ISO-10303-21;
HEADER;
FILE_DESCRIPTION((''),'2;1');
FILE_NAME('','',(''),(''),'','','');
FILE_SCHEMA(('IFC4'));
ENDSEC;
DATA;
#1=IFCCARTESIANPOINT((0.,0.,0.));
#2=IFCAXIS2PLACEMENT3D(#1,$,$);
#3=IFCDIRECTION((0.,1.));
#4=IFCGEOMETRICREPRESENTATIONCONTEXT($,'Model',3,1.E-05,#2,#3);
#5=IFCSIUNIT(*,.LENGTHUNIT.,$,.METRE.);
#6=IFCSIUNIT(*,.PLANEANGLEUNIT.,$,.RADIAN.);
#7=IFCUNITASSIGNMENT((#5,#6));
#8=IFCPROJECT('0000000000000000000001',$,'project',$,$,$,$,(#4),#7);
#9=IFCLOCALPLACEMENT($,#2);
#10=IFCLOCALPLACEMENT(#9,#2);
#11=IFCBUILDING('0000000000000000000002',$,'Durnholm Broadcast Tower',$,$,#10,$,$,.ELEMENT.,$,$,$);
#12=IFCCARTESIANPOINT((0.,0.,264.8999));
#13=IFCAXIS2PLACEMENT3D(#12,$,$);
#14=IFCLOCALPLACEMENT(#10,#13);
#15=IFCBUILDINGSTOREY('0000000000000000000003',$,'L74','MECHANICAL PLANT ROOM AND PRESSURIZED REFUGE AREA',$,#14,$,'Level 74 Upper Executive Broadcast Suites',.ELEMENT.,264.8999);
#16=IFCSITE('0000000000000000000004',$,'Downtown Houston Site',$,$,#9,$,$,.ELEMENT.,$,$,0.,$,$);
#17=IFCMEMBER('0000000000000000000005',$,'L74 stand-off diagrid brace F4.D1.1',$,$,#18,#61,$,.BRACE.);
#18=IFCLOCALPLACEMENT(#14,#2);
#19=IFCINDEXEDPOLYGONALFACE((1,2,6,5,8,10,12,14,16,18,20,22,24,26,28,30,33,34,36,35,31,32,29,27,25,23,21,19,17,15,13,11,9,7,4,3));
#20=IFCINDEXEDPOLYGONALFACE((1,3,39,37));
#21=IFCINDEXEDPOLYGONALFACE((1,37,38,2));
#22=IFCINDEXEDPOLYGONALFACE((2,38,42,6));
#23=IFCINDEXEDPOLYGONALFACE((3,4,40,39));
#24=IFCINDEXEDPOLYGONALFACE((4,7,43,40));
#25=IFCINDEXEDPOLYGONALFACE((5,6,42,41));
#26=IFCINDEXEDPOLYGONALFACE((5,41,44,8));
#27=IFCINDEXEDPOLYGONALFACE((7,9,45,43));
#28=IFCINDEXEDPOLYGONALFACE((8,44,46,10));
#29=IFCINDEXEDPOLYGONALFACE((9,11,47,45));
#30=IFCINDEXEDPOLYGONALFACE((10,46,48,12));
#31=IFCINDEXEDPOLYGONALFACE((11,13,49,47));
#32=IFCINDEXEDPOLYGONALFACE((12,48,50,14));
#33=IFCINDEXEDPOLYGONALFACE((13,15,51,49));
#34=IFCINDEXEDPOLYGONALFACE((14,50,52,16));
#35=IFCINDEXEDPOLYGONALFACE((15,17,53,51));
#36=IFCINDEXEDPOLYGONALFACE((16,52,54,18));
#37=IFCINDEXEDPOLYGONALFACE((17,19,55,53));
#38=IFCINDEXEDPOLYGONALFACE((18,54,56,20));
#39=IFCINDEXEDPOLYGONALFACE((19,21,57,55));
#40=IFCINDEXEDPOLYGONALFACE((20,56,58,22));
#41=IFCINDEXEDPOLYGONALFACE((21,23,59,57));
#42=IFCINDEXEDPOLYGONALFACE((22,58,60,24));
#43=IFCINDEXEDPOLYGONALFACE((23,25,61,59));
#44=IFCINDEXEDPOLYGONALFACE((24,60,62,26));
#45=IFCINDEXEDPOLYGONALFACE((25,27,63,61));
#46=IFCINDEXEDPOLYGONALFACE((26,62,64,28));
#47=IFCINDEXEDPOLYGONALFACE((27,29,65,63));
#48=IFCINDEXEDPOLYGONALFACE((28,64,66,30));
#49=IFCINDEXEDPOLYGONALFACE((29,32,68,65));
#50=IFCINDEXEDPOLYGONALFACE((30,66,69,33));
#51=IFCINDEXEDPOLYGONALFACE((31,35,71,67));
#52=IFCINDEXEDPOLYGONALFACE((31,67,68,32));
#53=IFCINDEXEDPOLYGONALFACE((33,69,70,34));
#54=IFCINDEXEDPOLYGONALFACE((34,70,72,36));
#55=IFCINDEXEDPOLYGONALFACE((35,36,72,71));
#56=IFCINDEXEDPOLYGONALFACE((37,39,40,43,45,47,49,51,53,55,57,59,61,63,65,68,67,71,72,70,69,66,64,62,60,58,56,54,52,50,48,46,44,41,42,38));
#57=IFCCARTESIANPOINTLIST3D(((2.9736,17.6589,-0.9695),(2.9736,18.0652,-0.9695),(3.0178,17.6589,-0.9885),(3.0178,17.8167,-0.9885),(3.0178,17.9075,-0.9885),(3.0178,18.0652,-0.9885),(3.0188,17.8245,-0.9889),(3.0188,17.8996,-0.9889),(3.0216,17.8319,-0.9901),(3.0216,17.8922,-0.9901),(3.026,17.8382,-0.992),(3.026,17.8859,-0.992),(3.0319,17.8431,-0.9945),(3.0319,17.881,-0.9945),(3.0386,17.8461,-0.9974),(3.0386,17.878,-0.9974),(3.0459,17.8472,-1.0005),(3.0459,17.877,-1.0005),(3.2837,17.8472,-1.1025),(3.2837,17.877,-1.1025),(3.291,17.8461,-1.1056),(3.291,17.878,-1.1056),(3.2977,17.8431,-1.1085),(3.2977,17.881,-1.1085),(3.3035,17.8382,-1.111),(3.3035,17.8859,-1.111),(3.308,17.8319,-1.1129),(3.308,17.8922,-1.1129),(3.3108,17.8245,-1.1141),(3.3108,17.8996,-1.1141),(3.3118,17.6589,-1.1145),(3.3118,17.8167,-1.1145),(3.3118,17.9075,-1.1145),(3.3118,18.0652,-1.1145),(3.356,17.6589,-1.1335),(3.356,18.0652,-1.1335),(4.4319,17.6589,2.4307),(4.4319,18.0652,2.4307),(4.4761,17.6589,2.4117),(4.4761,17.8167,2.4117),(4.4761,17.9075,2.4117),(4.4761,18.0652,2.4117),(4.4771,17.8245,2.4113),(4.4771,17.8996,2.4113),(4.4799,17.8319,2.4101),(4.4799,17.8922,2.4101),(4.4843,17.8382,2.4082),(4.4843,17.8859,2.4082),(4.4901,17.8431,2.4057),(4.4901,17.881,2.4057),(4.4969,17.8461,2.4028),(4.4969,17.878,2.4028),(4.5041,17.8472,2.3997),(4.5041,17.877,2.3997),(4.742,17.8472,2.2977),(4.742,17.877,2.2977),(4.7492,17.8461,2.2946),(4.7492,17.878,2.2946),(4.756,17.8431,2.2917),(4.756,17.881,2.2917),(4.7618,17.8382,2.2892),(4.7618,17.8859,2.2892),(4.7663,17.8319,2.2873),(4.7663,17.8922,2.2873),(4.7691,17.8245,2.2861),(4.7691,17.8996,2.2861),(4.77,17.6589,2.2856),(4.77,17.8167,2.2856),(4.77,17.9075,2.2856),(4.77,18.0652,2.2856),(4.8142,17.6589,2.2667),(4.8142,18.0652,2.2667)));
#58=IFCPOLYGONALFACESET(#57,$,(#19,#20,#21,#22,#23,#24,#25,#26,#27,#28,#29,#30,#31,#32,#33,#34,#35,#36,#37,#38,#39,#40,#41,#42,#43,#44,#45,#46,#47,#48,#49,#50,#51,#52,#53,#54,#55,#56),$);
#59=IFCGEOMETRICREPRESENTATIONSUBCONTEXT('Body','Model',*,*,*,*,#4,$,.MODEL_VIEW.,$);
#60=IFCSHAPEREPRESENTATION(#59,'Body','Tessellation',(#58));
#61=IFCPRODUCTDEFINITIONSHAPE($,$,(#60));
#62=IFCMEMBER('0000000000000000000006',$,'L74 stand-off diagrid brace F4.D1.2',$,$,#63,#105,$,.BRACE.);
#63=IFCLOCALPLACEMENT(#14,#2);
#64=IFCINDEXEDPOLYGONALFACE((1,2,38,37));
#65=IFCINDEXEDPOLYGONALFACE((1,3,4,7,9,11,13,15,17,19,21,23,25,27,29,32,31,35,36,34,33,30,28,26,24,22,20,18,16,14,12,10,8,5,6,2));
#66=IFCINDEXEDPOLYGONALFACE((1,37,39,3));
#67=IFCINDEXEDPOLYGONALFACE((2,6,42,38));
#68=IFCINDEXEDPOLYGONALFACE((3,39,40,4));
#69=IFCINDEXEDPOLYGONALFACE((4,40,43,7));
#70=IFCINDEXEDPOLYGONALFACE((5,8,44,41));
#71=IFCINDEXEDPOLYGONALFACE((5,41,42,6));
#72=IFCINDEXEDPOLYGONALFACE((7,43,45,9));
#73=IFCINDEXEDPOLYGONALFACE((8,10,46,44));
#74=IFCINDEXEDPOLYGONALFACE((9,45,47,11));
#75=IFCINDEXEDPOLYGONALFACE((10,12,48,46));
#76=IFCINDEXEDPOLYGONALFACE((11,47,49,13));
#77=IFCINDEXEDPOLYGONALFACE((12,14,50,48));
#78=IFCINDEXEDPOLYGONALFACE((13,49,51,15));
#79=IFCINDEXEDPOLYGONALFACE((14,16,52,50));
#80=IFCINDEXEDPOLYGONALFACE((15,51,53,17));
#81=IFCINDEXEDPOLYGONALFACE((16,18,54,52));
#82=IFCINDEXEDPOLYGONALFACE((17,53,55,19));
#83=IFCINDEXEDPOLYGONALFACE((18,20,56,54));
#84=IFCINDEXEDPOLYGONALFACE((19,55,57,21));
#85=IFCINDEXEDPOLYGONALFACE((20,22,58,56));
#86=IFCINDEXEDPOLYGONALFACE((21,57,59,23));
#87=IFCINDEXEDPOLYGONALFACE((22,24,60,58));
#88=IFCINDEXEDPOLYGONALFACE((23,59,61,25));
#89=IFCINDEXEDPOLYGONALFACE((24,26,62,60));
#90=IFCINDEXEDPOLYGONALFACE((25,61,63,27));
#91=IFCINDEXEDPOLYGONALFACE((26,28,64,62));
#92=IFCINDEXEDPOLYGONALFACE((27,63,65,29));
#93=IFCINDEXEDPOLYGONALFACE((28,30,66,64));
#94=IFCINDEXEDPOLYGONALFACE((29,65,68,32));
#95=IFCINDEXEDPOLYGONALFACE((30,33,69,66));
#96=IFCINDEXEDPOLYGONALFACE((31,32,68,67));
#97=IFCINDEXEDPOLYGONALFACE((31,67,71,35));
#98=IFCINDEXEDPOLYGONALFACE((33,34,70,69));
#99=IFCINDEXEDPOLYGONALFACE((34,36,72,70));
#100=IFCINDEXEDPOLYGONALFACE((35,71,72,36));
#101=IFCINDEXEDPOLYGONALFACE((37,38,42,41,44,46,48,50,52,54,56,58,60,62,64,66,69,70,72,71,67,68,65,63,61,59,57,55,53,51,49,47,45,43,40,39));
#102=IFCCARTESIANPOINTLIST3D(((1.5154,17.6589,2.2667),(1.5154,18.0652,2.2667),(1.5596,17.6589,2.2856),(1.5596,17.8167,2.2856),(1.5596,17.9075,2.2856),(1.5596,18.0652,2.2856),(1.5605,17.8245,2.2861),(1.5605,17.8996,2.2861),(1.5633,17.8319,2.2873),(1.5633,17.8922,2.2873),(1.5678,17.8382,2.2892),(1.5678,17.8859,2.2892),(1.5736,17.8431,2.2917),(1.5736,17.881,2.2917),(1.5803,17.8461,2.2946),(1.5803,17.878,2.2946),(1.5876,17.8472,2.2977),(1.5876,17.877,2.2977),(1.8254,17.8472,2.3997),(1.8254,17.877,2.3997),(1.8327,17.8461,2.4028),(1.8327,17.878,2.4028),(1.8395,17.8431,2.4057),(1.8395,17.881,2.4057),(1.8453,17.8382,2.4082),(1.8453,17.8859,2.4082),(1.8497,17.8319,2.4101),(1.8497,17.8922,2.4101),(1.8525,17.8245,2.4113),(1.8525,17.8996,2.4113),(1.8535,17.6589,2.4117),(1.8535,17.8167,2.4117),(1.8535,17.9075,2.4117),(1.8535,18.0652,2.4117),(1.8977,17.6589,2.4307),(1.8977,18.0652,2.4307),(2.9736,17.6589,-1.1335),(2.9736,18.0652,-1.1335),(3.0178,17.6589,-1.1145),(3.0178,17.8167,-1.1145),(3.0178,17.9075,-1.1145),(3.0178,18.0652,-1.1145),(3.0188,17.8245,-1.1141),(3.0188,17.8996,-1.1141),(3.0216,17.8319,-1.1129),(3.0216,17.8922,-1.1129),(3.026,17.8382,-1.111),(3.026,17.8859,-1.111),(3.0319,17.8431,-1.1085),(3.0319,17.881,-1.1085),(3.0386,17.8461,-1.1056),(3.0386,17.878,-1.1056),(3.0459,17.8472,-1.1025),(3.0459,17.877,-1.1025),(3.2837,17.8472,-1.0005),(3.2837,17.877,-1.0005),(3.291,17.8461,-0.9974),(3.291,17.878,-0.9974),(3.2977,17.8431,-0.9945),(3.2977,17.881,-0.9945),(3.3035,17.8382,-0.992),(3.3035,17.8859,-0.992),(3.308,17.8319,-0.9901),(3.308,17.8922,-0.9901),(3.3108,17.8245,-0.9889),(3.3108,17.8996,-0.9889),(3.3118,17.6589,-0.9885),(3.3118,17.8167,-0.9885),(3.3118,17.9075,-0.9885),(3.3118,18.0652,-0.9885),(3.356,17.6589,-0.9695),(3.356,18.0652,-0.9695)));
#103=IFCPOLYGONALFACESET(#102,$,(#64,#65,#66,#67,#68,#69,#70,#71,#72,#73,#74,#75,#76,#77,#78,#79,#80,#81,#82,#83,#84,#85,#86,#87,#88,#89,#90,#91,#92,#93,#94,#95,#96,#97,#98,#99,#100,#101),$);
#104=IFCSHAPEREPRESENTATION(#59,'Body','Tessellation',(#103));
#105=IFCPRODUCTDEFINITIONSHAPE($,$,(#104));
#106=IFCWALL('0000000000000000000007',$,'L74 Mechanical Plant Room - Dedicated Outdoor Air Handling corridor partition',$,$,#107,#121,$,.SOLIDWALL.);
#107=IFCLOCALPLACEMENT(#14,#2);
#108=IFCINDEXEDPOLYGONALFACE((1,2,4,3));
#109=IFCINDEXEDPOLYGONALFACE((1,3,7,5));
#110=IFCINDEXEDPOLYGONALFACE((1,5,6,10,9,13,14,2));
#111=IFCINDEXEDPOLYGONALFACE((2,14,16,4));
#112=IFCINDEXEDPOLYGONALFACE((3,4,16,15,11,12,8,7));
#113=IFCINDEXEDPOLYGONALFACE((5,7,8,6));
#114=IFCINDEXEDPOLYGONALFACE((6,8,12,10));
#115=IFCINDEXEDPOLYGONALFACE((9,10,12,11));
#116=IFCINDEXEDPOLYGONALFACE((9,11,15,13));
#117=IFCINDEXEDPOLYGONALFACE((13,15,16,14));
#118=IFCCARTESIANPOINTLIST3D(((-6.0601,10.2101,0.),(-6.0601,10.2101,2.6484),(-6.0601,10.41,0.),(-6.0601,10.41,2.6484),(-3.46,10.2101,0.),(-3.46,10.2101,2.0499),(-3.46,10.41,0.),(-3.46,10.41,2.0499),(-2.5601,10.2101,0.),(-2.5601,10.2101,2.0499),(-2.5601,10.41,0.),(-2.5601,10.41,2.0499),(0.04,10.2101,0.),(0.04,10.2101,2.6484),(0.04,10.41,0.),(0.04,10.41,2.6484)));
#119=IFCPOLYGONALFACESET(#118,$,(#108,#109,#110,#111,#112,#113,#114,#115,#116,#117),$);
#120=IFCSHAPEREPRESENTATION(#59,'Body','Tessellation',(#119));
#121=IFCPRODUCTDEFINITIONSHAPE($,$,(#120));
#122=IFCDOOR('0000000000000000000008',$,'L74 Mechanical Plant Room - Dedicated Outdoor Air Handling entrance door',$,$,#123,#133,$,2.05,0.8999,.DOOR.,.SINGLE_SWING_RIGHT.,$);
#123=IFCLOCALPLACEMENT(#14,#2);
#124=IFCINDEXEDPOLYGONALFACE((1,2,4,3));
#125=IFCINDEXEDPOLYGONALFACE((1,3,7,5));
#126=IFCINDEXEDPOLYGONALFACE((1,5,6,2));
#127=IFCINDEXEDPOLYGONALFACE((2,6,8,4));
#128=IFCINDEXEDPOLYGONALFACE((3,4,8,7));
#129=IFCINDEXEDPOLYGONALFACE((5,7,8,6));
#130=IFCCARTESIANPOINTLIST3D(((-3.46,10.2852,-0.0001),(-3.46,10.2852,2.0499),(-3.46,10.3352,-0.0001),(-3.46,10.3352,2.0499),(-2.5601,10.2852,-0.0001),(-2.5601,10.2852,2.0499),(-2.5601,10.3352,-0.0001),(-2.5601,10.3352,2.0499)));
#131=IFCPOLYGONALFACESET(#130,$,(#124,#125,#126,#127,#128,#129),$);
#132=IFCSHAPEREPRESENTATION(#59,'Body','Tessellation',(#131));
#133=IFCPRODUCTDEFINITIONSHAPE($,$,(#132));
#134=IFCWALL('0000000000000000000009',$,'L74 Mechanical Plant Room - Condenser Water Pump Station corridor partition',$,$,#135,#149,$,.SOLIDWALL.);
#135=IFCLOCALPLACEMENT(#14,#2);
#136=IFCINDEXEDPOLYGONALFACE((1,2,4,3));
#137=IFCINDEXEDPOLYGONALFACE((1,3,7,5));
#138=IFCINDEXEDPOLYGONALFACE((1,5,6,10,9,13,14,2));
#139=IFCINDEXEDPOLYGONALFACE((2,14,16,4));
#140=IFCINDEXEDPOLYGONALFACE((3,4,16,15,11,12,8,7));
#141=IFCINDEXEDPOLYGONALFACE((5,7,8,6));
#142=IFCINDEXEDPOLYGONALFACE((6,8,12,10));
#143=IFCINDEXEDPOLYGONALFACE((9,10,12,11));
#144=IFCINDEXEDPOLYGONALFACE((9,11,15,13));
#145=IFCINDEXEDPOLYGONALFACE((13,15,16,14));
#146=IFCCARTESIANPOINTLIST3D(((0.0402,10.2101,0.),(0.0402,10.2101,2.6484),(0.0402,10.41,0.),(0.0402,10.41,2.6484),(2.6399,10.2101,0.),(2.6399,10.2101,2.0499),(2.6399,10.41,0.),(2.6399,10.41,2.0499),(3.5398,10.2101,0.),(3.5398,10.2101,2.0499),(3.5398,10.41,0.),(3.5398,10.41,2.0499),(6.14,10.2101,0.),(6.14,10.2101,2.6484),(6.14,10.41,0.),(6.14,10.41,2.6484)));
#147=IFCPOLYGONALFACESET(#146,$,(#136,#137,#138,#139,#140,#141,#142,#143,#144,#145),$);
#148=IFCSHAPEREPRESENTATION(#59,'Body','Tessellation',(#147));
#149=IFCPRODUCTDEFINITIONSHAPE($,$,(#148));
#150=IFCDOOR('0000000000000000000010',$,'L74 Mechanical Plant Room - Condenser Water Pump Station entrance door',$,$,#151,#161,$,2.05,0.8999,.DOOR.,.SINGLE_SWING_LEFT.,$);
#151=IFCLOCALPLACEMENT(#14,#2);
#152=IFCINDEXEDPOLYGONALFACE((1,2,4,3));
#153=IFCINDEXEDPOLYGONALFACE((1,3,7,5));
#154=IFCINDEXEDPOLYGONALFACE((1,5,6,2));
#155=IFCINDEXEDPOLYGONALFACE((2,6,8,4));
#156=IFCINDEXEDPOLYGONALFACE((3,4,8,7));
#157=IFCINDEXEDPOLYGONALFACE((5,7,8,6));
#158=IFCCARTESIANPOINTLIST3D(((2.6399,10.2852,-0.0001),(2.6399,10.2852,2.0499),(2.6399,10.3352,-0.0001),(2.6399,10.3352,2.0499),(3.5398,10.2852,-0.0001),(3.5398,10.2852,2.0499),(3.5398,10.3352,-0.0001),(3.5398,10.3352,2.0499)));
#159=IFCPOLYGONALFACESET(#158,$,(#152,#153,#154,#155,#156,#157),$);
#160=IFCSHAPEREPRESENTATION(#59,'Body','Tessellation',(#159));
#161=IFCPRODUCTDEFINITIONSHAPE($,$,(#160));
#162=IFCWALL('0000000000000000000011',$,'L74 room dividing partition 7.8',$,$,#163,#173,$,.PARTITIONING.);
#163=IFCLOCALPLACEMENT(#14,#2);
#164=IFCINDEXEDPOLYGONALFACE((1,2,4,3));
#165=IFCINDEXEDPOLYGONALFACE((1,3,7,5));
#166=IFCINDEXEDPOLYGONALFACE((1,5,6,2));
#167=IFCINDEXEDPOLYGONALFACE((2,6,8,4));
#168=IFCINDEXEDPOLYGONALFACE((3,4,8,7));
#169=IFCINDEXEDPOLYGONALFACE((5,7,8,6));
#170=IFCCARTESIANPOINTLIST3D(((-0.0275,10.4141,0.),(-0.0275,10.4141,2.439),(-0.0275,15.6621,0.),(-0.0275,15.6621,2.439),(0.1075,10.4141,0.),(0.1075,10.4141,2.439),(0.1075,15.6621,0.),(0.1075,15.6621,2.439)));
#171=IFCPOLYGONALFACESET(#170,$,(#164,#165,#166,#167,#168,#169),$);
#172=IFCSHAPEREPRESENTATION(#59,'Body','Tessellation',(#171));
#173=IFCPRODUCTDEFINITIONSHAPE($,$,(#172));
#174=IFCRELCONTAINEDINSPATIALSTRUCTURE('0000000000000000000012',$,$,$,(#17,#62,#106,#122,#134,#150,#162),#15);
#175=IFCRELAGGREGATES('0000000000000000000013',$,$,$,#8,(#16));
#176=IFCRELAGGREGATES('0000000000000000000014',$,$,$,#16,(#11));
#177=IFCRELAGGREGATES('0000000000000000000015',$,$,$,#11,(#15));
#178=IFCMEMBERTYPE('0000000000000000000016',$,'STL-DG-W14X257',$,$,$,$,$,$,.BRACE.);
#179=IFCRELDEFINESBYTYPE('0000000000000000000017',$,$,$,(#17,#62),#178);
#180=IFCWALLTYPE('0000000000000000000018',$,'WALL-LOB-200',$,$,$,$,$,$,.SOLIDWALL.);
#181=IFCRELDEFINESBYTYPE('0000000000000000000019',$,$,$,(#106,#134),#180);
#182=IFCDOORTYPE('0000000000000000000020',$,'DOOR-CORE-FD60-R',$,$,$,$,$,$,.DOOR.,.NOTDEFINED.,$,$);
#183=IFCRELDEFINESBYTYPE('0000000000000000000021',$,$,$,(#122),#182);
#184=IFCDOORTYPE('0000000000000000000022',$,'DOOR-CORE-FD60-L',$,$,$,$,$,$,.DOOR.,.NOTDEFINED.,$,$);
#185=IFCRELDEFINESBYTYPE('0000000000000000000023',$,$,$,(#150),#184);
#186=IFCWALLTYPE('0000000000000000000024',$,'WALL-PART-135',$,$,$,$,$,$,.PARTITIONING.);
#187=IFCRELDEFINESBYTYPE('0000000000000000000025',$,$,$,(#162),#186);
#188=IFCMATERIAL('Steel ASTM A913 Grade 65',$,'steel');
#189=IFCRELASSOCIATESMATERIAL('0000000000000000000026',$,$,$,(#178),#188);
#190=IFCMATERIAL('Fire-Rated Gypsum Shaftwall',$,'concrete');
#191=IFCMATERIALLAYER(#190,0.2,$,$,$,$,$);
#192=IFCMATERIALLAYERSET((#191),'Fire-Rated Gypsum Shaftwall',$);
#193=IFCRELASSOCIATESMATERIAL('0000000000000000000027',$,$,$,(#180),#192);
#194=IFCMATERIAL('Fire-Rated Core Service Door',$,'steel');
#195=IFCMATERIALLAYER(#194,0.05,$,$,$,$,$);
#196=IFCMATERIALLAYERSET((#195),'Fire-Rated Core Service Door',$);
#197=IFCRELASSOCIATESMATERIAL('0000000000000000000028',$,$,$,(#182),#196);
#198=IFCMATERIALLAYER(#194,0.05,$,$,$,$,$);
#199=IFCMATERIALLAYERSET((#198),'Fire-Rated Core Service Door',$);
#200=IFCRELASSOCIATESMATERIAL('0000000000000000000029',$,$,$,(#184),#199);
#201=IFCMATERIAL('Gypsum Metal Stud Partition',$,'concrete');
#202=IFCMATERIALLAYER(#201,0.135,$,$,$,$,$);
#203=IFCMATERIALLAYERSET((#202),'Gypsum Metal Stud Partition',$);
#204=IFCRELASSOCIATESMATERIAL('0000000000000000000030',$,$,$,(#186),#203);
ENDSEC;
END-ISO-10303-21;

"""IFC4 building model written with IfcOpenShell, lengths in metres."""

from ifc_helpers import new_model, si_unit, direction, frame, frame_2d, origin, origin_2d, place, context, subcontext, project, spatial, rectangle, i_section, extrude, source, transform, mapped, material, layer, layer_set, material_profile, profile_set, type_object, type_shapes, element, fill, save


model = new_model("IFC4")

# Units and contexts
model_context = context("Model", 3, precision=1e-05, world=origin(), true_north=direction((0.0, 1.0)))
body_context = subcontext(model_context, "Body", "Model", "MODEL_VIEW")
ifc_project = project(units=[si_unit("LENGTHUNIT", "METRE"), si_unit("PLANEANGLEUNIT", "RADIAN")], contexts=[model_context])

# Site, building, storey
site_placement = place(None, origin())
site = spatial("IfcSite", under=ifc_project, at=site_placement, Name="Downtown Houston Site", CompositionType="ELEMENT", RefElevation=0.0)
building_placement = place(site_placement, origin())
building = spatial("IfcBuilding", under=site, at=building_placement, Name="Durnholm Broadcast Tower", CompositionType="ELEMENT")
storey_placement = place(building_placement, frame((0.0, 0.0, 264.8999)))
storey = spatial("IfcBuildingStorey", under=building, at=storey_placement, Name="L74", Description="MECHANICAL PLANT ROOM AND PRESSURIZED REFUGE AREA", LongName="Level 74 Upper Executive Broadcast Suites", CompositionType="ELEMENT", Elevation=264.8999)

# Members
ifc_material_1 = material(Name="Steel ASTM A913 Grade 65", Category="steel")
ifc_material_profile_1 = material_profile(ifc_material_1, i_section(OverallWidth=0.4062, OverallDepth=0.416, WebThickness=0.0298, FlangeThickness=0.0481, FilletRadius=0.0305, at=origin_2d()), Name="W14X257")
ifc_profile_set_1 = profile_set([ifc_material_profile_1], Name="Steel ASTM A913 Grade 65")
member_type = type_object("IfcMemberType", Name="STL-DG-W14X257", PredefinedType="BRACE", material=ifc_profile_set_1)
shared_shape_1 = source(origin(), body_context, "Body", "SweptSolid", [
    extrude(i_section(OverallWidth=0.4062, OverallDepth=0.416, WebThickness=0.0298, FlangeThickness=0.0481, FilletRadius=0.0305, at=origin_2d()), origin(), (0.0, 0.0, 1.0), 3.6997),
])
type_shapes(member_type, [shared_shape_1])
for number, where, z_axis, x_axis, name in (
    (1, (3.1648, 17.8621, -1.0515), (0.394158, 0.0, 0.919043), (0.0, 1.0, 0.0), "L74 stand-off diagrid brace F4.D1.1"),
    (2, (3.1648, 17.8621, -1.0515), (-0.394158, 0.0, 0.919043), (0.0, -1.0, 0.0), "L74 stand-off diagrid brace F4.D1.2"),
):
    element("IfcMember", number, at=place(storey_placement, frame(where, z_axis=z_axis, x_axis=x_axis)), inside=storey, type_object=member_type, Name=name, PredefinedType="BRACE", context=body_context, shape_type="MappedRepresentation", body=[
        mapped(shared_shape_1, transform((0.0, 0.0, 0.0), x_axis=(1.0, 0.0, 0.0), y_axis=(0.0, 1.0, 0.0), z_axis=(0.0, 0.0, 1.0), scale=1.0)),
    ])

# Walls, openings, doors
ifc_material_2 = material(Name="Fire-Rated Gypsum Shaftwall", Category="concrete")
ifc_layer_1 = layer(ifc_material_2, 0.2)
ifc_layer_set_1 = layer_set([ifc_layer_1], Name="Fire-Rated Gypsum Shaftwall")
wall_type_1 = type_object("IfcWallType", Name="WALL-LOB-200", PredefinedType="SOLIDWALL", material=ifc_layer_set_1)
wall_1_placement = place(storey_placement, frame((0.04, 10.3101, 0.0), z_axis=(0.0, 0.0, 1.0), x_axis=(-1.0, 0.0, 0.0)))
wall_1 = element("IfcWall", 3, at=wall_1_placement, inside=storey, type_object=wall_type_1, Name="L74 Mechanical Plant Room - Dedicated Outdoor Air Handling corridor partition", PredefinedType="SOLIDWALL", context=body_context, shape_type="SweptSolid", body=[
    extrude(rectangle(XDim=6.1001, YDim=0.2, at=frame_2d((3.05, 0.0))), origin(), (0.0, 0.0, 1.0), 2.6484),
])
opening_1_placement = place(wall_1_placement, frame((2.6001, 0.0, 0.0)))
opening_1 = element("IfcOpeningElement", 4, at=opening_1_placement, cuts=wall_1, PredefinedType="OPENING", context=body_context, shape_type="SweptSolid", body=[
    extrude(rectangle(XDim=0.8999, YDim=2.05, at=frame_2d((0.45, 1.0249))), frame((0.0, 0.1099, 0.0), z_axis=(0.0, -1.0, 0.0), x_axis=(1.0, 0.0, 0.0)), (0.0, 0.0, 1.0), 0.22),
])
ifc_material_3 = material(Name="Fire-Rated Core Service Door", Category="steel")
ifc_layer_2 = layer(ifc_material_3, 0.05)
ifc_layer_set_2 = layer_set([ifc_layer_2], Name="Fire-Rated Core Service Door")
door_type_1 = type_object("IfcDoorType", Name="DOOR-CORE-FD60-R", OperationType="NOTDEFINED", PredefinedType="DOOR", material=ifc_layer_set_2)
shared_shape_2 = source(origin(), body_context, "Body", "SweptSolid", [
    extrude(rectangle(XDim=0.8999, YDim=2.05, at=frame_2d((0.45, 1.0249))), frame((0.0, 0.0249, 0.0), z_axis=(0.0, -1.0, 0.0), x_axis=(1.0, 0.0, 0.0)), (0.0, 0.0, 1.0), 0.05),
])
type_shapes(door_type_1, [shared_shape_2])
door_1_placement = place(opening_1_placement, origin())
door_1 = element("IfcDoor", 5, at=door_1_placement, inside=storey, type_object=door_type_1, Name="L74 Mechanical Plant Room - Dedicated Outdoor Air Handling entrance door", OperationType="SINGLE_SWING_RIGHT", OverallHeight=2.05, OverallWidth=0.8999, PredefinedType="DOOR", context=body_context, shape_type="MappedRepresentation", body=[
    mapped(shared_shape_2, transform((0.0, 0.0, 0.0), x_axis=(1.0, 0.0, 0.0), y_axis=(0.0, 1.0, 0.0), z_axis=(0.0, 0.0, 1.0), scale=1.0)),
])
fill(opening_1, door_1)
wall_2_placement = place(storey_placement, frame((6.1399, 10.3101, 0.0), z_axis=(0.0, 0.0, 1.0), x_axis=(-1.0, 0.0, 0.0)))
wall_2 = element("IfcWall", 6, at=wall_2_placement, inside=storey, type_object=wall_type_1, Name="L74 Mechanical Plant Room - Condenser Water Pump Station corridor partition", PredefinedType="SOLIDWALL", context=body_context, shape_type="SweptSolid", body=[
    extrude(rectangle(XDim=6.0999, YDim=0.2, at=frame_2d((3.0498, 0.0))), origin(), (0.0, 0.0, 1.0), 2.6484),
])
opening_2_placement = place(wall_2_placement, frame((2.6001, 0.0, 0.0)))
opening_2 = element("IfcOpeningElement", 7, at=opening_2_placement, cuts=wall_2, PredefinedType="OPENING", context=body_context, shape_type="SweptSolid", body=[
    extrude(rectangle(XDim=0.8999, YDim=2.05, at=frame_2d((0.45, 1.0249))), frame((0.0, 0.1099, 0.0), z_axis=(0.0, -1.0, 0.0), x_axis=(1.0, 0.0, 0.0)), (0.0, 0.0, 1.0), 0.22),
])
ifc_layer_3 = layer(ifc_material_3, 0.05)
ifc_layer_set_3 = layer_set([ifc_layer_3], Name="Fire-Rated Core Service Door")
door_type_2 = type_object("IfcDoorType", Name="DOOR-CORE-FD60-L", OperationType="NOTDEFINED", PredefinedType="DOOR", material=ifc_layer_set_3)
shared_shape_3 = source(origin(), body_context, "Body", "SweptSolid", [
    extrude(rectangle(XDim=0.8999, YDim=2.05, at=frame_2d((0.45, 1.0249))), frame((0.0, 0.0249, 0.0), z_axis=(0.0, -1.0, 0.0), x_axis=(1.0, 0.0, 0.0)), (0.0, 0.0, 1.0), 0.05),
])
type_shapes(door_type_2, [shared_shape_3])
door_2_placement = place(opening_2_placement, origin())
door_2 = element("IfcDoor", 8, at=door_2_placement, inside=storey, type_object=door_type_2, Name="L74 Mechanical Plant Room - Condenser Water Pump Station entrance door", OperationType="SINGLE_SWING_LEFT", OverallHeight=2.05, OverallWidth=0.8999, PredefinedType="DOOR", context=body_context, shape_type="MappedRepresentation", body=[
    mapped(shared_shape_3, transform((0.0, 0.0, 0.0), x_axis=(1.0, 0.0, 0.0), y_axis=(0.0, 1.0, 0.0), z_axis=(0.0, 0.0, 1.0), scale=1.0)),
])
fill(opening_2, door_2)

# Wall
ifc_material_4 = material(Name="Gypsum Metal Stud Partition", Category="concrete")
ifc_layer_4 = layer(ifc_material_4, 0.135)
ifc_layer_set_4 = layer_set([ifc_layer_4], Name="Gypsum Metal Stud Partition")
wall_type_2 = type_object("IfcWallType", Name="WALL-PART-135", PredefinedType="PARTITIONING", material=ifc_layer_set_4)
wall_3_placement = place(storey_placement, frame((0.04, 15.6621, 0.0), z_axis=(0.0, 0.0, 1.0), x_axis=(0.0, -1.0, 0.0)))
element("IfcWall", 9, at=wall_3_placement, inside=storey, type_object=wall_type_2, Name="L74 room dividing partition 7.8", PredefinedType="PARTITIONING", context=body_context, shape_type="SweptSolid", body=[
    extrude(rectangle(XDim=5.248, YDim=0.135, at=frame_2d((2.624, 0.0))), origin(), (0.0, 0.0, 1.0), 2.439),
])

save(model, "model.ifc")
